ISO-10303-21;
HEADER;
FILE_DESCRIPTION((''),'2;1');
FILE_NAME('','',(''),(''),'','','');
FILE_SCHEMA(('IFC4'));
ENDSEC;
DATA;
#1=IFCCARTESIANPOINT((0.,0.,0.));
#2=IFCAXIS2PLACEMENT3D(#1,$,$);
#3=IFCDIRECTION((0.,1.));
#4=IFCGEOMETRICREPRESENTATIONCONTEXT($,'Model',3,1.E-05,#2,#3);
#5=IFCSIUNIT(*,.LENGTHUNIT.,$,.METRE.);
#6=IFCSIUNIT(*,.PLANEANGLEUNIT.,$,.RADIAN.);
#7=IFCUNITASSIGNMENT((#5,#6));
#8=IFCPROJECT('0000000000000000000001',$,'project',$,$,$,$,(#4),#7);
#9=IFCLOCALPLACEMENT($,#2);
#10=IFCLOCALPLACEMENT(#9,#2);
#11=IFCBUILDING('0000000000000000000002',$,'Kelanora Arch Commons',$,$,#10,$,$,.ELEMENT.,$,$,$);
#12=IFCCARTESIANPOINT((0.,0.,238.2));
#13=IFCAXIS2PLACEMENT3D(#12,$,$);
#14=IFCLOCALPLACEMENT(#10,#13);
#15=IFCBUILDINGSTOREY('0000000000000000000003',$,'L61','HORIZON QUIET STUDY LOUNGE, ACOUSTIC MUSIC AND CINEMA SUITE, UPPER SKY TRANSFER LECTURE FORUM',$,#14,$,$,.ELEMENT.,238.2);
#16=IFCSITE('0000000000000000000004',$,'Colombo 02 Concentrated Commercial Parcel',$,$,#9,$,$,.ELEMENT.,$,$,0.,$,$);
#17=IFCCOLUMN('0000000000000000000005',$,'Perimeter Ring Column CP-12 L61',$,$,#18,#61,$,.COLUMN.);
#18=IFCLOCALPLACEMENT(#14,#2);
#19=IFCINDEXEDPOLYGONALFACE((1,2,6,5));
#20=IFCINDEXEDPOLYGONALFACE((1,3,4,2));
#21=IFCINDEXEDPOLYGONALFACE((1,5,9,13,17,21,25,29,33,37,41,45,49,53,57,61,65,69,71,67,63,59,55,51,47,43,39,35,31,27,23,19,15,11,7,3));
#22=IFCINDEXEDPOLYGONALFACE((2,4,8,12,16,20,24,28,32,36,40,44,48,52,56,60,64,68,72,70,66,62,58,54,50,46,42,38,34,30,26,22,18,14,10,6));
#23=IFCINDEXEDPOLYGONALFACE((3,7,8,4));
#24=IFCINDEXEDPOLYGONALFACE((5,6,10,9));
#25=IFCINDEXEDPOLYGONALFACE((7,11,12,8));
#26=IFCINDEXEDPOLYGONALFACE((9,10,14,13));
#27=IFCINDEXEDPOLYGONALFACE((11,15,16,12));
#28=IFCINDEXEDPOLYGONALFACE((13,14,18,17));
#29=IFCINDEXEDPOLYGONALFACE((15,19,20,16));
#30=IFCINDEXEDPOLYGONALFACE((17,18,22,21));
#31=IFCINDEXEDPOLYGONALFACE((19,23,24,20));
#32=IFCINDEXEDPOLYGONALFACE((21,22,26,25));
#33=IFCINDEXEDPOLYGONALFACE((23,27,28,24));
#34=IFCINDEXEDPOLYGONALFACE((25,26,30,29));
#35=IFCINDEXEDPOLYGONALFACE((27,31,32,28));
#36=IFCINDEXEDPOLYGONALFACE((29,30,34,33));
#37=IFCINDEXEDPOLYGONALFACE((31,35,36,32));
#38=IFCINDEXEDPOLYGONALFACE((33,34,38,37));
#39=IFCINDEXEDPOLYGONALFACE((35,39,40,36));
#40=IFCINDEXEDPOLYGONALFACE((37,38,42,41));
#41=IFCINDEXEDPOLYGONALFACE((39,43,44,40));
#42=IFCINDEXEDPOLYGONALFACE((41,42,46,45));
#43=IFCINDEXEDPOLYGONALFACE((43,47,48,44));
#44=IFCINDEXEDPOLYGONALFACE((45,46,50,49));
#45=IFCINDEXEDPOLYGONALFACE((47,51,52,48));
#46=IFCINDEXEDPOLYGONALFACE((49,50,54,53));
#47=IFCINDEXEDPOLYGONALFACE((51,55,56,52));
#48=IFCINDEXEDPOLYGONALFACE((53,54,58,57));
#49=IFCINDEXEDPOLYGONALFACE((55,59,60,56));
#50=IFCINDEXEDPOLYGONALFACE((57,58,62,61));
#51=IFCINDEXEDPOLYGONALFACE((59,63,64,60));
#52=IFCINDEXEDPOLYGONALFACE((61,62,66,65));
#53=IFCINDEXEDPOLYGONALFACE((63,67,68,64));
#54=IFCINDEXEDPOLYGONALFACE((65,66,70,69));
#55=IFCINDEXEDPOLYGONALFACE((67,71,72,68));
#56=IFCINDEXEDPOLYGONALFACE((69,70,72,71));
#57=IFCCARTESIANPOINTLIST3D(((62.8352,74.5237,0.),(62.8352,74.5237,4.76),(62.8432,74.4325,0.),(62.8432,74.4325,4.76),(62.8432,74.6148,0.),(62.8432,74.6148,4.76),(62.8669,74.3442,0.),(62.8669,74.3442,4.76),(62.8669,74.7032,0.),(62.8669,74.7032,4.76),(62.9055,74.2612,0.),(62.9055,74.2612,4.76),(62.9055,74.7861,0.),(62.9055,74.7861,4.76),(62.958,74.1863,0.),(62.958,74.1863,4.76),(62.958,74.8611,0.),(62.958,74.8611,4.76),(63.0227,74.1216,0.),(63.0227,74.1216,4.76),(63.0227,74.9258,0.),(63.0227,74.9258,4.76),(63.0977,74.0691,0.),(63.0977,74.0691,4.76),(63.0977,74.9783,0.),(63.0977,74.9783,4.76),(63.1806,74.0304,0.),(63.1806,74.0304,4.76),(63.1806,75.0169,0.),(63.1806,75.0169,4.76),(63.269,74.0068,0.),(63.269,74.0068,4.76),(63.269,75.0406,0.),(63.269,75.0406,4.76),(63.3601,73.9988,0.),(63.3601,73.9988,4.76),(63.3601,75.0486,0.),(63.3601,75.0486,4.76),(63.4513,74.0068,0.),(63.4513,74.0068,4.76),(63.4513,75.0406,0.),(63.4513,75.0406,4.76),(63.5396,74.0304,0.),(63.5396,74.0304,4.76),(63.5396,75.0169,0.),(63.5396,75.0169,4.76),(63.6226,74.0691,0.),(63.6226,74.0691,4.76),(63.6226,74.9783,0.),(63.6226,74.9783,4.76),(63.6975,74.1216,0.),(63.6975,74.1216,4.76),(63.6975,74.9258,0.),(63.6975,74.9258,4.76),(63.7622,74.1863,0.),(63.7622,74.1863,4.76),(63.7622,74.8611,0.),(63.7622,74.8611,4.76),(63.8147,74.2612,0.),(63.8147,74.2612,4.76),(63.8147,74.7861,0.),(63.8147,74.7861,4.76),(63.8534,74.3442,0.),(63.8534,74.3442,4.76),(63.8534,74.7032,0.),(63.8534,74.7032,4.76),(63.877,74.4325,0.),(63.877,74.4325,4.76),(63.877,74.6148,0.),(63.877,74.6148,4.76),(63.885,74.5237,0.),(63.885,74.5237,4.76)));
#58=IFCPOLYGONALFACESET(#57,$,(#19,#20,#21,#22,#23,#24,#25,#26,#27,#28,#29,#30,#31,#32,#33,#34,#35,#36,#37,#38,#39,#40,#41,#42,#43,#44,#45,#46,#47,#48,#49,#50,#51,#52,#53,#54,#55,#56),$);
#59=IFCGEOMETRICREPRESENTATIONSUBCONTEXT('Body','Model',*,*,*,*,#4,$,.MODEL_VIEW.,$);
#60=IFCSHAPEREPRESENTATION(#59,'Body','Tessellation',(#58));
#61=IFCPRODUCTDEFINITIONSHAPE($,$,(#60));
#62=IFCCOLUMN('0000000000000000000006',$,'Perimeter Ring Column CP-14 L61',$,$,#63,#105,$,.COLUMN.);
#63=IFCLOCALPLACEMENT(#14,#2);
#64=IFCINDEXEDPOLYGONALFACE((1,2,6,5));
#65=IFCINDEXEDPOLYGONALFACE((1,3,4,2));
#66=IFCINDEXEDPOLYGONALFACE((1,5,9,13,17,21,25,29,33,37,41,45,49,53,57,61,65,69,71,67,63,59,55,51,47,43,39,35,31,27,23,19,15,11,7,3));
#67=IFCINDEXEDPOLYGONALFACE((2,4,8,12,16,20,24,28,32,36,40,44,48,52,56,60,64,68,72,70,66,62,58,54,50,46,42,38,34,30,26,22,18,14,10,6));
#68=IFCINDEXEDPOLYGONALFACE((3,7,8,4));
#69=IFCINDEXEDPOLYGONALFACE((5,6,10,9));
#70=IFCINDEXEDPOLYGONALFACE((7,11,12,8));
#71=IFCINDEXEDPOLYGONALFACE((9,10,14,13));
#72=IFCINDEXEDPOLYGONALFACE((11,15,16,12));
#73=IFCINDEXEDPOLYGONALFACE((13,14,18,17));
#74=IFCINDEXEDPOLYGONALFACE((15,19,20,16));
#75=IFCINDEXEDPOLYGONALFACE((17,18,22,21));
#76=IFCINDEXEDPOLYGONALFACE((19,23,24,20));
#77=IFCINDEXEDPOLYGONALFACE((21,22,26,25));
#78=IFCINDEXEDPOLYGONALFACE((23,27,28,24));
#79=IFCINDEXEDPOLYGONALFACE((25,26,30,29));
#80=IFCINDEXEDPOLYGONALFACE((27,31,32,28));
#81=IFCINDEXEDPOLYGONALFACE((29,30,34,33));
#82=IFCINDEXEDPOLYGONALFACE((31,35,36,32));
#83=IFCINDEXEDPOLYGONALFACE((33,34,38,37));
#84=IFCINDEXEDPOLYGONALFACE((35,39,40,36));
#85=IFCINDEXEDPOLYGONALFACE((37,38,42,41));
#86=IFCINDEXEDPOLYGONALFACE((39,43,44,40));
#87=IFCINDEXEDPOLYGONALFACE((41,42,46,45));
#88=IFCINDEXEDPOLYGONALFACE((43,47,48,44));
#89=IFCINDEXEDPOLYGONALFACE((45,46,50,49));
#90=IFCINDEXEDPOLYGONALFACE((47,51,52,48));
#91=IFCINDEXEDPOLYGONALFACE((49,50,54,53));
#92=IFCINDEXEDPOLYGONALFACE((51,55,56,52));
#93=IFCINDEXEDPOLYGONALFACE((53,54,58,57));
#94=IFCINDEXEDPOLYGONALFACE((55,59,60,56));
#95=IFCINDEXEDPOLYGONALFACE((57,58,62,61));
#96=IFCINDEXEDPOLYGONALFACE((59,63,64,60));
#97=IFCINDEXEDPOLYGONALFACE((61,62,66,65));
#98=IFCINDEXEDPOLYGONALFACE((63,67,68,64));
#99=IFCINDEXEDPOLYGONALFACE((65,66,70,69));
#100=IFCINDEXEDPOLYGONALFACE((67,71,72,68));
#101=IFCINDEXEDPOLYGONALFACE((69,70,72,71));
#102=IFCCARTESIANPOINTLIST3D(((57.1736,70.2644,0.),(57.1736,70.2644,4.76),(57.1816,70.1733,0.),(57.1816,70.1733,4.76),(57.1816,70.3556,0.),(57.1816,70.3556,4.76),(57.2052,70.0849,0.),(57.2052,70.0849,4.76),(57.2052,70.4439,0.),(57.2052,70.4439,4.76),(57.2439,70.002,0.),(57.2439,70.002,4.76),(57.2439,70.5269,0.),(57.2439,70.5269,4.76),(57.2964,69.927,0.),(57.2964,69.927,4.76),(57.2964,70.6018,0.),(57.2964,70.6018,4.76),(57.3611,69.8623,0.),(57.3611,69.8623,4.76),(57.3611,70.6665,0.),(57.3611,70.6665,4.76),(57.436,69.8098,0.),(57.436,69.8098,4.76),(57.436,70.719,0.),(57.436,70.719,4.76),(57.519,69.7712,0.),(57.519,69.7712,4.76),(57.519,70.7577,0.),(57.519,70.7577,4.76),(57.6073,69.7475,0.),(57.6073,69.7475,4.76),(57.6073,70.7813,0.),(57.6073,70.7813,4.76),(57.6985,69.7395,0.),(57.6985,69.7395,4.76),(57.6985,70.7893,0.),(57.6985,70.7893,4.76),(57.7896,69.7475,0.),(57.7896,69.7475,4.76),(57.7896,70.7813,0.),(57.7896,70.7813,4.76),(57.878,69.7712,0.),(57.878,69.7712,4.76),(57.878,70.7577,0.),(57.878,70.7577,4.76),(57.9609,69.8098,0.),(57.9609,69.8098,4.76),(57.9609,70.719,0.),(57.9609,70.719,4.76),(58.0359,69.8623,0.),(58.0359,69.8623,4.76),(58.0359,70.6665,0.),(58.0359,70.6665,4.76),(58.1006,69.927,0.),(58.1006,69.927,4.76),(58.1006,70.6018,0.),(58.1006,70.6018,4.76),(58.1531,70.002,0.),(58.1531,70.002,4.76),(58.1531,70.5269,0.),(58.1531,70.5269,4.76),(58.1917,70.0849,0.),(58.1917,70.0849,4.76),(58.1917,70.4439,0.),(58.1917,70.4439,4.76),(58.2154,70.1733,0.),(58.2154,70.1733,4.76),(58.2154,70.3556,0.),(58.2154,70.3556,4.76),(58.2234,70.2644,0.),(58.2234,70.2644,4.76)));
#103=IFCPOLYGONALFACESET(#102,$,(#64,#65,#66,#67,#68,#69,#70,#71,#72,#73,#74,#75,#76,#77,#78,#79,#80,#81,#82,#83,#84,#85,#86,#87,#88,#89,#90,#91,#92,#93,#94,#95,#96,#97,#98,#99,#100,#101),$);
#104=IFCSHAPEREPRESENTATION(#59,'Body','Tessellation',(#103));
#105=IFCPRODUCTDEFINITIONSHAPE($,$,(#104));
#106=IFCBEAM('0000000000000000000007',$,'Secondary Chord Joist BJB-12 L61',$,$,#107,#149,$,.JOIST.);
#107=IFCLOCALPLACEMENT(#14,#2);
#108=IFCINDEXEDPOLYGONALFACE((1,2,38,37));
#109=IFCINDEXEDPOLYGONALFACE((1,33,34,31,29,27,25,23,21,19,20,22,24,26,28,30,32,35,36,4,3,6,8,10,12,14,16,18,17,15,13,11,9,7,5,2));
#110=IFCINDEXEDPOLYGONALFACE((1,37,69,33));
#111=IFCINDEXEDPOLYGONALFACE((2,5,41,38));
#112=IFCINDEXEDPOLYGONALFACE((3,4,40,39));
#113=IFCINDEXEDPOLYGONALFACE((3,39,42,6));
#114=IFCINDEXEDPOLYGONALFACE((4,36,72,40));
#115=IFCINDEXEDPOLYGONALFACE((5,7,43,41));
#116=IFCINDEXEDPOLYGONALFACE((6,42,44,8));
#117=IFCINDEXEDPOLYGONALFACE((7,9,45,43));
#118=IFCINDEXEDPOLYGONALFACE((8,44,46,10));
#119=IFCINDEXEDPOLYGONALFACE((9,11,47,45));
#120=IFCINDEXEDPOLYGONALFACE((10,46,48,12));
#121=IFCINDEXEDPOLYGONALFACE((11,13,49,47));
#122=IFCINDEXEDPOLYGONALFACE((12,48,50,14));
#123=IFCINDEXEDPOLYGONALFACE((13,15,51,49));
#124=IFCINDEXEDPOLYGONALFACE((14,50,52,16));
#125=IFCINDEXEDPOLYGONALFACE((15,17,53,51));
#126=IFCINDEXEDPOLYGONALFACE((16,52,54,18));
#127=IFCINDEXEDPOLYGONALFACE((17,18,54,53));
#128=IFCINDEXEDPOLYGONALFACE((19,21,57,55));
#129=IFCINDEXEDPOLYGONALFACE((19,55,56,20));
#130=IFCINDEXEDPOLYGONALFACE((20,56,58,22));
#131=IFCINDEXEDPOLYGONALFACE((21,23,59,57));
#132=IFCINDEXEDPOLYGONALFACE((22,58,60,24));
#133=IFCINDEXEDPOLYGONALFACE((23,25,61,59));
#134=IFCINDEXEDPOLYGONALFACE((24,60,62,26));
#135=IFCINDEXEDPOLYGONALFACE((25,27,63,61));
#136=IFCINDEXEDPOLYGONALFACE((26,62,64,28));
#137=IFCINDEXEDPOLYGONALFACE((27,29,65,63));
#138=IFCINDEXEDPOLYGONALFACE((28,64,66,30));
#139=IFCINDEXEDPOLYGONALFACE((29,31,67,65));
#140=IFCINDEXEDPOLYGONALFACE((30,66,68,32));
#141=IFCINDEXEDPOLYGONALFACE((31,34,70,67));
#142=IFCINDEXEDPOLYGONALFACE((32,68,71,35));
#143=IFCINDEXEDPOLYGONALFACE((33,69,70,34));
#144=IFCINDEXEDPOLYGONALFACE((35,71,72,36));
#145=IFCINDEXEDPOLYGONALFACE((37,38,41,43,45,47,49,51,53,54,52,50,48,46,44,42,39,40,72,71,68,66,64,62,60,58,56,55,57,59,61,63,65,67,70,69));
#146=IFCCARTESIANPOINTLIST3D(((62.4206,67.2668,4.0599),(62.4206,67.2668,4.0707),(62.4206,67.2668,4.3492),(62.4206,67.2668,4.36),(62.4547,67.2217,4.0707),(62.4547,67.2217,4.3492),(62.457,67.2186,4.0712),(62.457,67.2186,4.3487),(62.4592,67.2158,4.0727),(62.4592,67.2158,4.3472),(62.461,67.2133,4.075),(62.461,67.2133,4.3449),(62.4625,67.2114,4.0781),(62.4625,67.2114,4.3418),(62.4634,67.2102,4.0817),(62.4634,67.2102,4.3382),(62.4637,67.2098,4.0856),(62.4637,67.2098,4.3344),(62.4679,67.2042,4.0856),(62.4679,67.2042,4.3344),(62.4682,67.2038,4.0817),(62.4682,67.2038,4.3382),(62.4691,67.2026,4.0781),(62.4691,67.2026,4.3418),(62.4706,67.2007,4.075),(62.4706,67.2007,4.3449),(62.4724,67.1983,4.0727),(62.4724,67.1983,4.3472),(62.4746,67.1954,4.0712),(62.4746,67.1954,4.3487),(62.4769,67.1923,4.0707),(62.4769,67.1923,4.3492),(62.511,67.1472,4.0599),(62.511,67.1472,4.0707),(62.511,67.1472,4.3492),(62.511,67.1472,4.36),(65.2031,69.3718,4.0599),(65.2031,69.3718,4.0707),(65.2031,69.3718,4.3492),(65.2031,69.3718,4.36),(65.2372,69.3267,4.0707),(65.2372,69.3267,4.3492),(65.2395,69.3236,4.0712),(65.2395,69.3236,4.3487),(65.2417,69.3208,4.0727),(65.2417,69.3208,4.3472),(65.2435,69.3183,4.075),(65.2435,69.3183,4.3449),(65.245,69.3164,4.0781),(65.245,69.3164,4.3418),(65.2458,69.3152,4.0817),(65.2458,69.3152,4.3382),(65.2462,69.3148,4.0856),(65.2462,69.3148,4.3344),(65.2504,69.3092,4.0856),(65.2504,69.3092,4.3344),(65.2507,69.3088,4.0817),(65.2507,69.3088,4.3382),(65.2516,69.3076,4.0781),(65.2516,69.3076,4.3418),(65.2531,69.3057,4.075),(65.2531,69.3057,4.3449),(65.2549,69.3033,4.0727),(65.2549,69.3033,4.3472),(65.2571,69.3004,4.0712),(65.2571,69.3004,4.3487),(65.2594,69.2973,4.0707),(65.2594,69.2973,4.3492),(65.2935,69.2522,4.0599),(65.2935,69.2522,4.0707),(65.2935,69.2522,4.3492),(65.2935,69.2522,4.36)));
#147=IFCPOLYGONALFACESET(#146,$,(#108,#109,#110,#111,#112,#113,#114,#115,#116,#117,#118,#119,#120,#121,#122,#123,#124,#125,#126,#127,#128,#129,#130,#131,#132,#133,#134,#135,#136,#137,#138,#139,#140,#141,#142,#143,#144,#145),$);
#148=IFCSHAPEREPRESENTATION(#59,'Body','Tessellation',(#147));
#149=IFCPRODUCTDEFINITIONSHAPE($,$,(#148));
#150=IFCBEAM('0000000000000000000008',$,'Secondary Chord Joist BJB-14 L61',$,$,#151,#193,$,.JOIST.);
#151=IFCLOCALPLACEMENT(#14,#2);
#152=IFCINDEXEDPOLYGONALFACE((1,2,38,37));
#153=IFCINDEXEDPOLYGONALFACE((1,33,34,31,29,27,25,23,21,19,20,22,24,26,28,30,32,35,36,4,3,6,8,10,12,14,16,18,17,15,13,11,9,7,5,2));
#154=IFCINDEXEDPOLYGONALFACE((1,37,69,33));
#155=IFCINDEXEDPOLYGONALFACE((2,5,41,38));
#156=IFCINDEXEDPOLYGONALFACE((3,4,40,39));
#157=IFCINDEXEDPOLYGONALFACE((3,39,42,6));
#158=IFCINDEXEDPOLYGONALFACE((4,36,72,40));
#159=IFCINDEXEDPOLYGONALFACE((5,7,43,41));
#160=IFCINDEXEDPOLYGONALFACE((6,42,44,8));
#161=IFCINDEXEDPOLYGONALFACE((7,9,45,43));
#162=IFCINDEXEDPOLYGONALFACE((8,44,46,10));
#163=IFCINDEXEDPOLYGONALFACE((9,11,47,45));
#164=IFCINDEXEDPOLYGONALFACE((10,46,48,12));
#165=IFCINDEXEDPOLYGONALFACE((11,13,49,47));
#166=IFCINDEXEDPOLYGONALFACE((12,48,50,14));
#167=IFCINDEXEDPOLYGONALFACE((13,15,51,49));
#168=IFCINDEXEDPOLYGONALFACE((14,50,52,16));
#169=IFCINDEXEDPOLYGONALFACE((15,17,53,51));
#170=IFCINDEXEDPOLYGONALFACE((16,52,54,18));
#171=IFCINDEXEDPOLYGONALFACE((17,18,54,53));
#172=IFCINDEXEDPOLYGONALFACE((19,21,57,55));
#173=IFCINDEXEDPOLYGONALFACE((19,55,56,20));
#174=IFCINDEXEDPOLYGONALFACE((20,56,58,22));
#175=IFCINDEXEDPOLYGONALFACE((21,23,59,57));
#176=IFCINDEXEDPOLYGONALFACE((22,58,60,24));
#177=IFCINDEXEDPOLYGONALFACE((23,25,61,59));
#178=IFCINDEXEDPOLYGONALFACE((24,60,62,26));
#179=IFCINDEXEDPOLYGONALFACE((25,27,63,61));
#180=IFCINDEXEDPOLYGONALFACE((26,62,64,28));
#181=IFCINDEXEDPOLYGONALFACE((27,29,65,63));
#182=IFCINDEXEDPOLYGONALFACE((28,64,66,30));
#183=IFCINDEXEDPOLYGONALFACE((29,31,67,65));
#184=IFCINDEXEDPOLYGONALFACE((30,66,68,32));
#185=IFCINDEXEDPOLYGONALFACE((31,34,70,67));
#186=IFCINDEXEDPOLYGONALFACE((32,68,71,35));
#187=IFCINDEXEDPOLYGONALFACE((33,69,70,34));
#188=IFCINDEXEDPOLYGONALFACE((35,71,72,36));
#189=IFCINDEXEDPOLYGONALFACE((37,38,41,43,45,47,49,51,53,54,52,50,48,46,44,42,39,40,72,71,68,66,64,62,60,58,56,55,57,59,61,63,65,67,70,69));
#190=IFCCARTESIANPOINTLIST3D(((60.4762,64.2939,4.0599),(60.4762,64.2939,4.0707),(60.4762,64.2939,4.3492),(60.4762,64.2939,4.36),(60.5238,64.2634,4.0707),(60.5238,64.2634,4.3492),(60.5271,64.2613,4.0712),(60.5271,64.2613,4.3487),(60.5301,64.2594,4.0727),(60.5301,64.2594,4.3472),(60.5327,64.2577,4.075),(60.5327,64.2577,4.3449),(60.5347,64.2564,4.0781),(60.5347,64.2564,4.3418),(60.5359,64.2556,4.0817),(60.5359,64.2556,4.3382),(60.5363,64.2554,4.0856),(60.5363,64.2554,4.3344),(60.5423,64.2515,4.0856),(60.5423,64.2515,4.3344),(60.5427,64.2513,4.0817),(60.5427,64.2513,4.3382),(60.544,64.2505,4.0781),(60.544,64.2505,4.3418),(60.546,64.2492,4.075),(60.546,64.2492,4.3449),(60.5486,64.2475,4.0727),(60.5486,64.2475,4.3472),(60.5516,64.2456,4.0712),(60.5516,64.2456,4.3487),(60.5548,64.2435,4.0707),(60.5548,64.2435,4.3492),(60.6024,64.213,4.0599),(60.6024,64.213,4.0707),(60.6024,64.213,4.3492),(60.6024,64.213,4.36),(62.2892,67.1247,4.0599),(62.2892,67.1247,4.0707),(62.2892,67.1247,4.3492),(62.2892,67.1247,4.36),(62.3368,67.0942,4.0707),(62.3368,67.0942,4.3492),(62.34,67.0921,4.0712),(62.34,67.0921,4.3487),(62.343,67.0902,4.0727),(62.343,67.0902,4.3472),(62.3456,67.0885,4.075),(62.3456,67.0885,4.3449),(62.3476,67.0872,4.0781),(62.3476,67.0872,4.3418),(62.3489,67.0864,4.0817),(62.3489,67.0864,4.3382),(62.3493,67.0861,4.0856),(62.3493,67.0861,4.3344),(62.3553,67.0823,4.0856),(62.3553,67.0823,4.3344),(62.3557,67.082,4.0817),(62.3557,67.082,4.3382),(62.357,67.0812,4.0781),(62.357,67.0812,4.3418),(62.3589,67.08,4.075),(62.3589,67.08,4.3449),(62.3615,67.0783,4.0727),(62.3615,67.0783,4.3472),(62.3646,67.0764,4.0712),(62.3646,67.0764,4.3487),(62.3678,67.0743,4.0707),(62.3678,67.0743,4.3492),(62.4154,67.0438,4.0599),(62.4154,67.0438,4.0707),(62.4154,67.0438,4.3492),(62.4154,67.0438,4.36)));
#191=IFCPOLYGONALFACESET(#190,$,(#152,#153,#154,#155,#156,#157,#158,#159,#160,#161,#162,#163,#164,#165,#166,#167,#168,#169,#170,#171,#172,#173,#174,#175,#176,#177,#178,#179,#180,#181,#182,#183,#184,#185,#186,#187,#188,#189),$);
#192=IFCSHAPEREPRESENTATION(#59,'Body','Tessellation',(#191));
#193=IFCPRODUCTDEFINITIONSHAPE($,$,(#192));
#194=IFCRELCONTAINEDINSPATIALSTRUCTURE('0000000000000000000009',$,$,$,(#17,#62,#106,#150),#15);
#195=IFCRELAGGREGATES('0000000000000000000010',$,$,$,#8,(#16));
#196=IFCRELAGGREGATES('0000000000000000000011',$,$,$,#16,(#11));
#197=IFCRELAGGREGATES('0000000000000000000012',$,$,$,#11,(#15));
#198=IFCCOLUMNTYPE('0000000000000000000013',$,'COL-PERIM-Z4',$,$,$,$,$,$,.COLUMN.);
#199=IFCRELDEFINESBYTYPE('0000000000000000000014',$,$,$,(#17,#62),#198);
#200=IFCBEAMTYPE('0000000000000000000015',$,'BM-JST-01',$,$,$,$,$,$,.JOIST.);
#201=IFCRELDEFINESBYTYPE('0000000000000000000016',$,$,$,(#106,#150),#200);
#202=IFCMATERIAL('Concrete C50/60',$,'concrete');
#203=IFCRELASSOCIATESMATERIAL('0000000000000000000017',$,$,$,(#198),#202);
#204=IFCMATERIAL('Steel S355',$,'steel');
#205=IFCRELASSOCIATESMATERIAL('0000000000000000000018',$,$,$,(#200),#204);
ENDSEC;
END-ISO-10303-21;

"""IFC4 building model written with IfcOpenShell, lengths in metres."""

from ifc_helpers import new_model, si_unit, direction, frame, origin, origin_2d, place, context, subcontext, project, spatial, circle, i_section, extrude, material, material_profile, profile_set, type_object, element, save


model = new_model("IFC4")

# Units and contexts
model_context = context("Model", 3, precision=1e-05, world=origin(), true_north=direction((0.0, 1.0)))
body_context = subcontext(model_context, "Body", "Model", "MODEL_VIEW")
ifc_project = project(units=[si_unit("LENGTHUNIT", "METRE"), si_unit("PLANEANGLEUNIT", "RADIAN")], contexts=[model_context])

# Site, building, storey
site_placement = place(None, origin())
site = spatial("IfcSite", under=ifc_project, at=site_placement, Name="Colombo 02 Concentrated Commercial Parcel", CompositionType="ELEMENT", RefElevation=0.0)
building_placement = place(site_placement, origin())
building = spatial("IfcBuilding", under=site, at=building_placement, Name="Kelanora Arch Commons", CompositionType="ELEMENT")
storey_placement = place(building_placement, frame((0.0, 0.0, 238.2)))
storey = spatial("IfcBuildingStorey", under=building, at=storey_placement, Name="L61", Description="HORIZON QUIET STUDY LOUNGE, ACOUSTIC MUSIC AND CINEMA SUITE, UPPER SKY TRANSFER LECTURE FORUM", CompositionType="ELEMENT", Elevation=238.2)

# Columns
ifc_material_1 = material(Name="Concrete C50/60", Category="concrete")
ifc_material_profile_1 = material_profile(ifc_material_1, circle(Radius=0.5249, at=origin_2d()), Name="RCC1050")
ifc_profile_set_1 = profile_set([ifc_material_profile_1], Name="Concrete C50/60")
column_type = type_object("IfcColumnType", Name="COL-PERIM-Z4", PredefinedType="COLUMN", material=ifc_profile_set_1)
for number, where, z_axis, x_axis, name in (
    (1, (63.3601, 74.5237, 0.0), (0.0, 0.0, 1.0), (1.0, 0.0, 0.0), "Perimeter Ring Column CP-12 L61"),
    (2, (57.6985, 70.2644, 0.0), (0.0, 0.0, 1.0), (1.0, 0.0, 0.0), "Perimeter Ring Column CP-14 L61"),
):
    element("IfcColumn", number, at=place(storey_placement, frame(where, z_axis=z_axis, x_axis=x_axis)), inside=storey, type_object=column_type, Name=name, PredefinedType="COLUMN", context=body_context, shape_type="SweptSolid", body=[
        extrude(circle(Radius=0.5249, at=origin_2d()), origin(), (0.0, 0.0, 1.0), 4.76),
    ])

# Beams
ifc_material_2 = material(Name="Steel S355", Category="steel")
ifc_material_profile_2 = material_profile(ifc_material_2, i_section(OverallWidth=0.1499, OverallDepth=0.3, WebThickness=0.0071, FlangeThickness=0.0107, FilletRadius=0.0149, at=origin_2d()), Name="IPE300")
ifc_profile_set_2 = profile_set([ifc_material_profile_2], Name="Steel S355")
beam_type_1 = type_object("IfcBeamType", Name="BM-JST-01", PredefinedType="JOIST", material=ifc_profile_set_2)
beam_1_placement = place(storey_placement, frame((65.2483, 69.312, 4.21), z_axis=(-0.797499, -0.60332, 0.0), x_axis=(0.60332, -0.797499, 0.0)))
element("IfcBeam", 3, at=beam_1_placement, inside=storey, type_object=beam_type_1, Name="Secondary Chord Joist BJB-12 L61", PredefinedType="JOIST", context=body_context, shape_type="SweptSolid", body=[
    extrude(i_section(OverallWidth=0.1499, OverallDepth=0.3, WebThickness=0.0071, FlangeThickness=0.0107, FilletRadius=0.0149, at=origin_2d()), origin(), (0.0, 0.0, 1.0), 3.489),
])
beam_2_placement = place(storey_placement, frame((62.3523, 67.0842, 4.21), z_axis=(-0.539322, -0.8421, 0.0), x_axis=(0.8421, -0.539322, 0.0)))
element("IfcBeam", 4, at=beam_2_placement, inside=storey, type_object=beam_type_1, Name="Secondary Chord Joist BJB-14 L61", PredefinedType="JOIST", context=body_context, shape_type="SweptSolid", body=[
    extrude(i_section(OverallWidth=0.1499, OverallDepth=0.3, WebThickness=0.0071, FlangeThickness=0.0107, FilletRadius=0.0149, at=origin_2d()), origin(), (0.0, 0.0, 1.0), 3.3616),
])

save(model, "model.ifc")
